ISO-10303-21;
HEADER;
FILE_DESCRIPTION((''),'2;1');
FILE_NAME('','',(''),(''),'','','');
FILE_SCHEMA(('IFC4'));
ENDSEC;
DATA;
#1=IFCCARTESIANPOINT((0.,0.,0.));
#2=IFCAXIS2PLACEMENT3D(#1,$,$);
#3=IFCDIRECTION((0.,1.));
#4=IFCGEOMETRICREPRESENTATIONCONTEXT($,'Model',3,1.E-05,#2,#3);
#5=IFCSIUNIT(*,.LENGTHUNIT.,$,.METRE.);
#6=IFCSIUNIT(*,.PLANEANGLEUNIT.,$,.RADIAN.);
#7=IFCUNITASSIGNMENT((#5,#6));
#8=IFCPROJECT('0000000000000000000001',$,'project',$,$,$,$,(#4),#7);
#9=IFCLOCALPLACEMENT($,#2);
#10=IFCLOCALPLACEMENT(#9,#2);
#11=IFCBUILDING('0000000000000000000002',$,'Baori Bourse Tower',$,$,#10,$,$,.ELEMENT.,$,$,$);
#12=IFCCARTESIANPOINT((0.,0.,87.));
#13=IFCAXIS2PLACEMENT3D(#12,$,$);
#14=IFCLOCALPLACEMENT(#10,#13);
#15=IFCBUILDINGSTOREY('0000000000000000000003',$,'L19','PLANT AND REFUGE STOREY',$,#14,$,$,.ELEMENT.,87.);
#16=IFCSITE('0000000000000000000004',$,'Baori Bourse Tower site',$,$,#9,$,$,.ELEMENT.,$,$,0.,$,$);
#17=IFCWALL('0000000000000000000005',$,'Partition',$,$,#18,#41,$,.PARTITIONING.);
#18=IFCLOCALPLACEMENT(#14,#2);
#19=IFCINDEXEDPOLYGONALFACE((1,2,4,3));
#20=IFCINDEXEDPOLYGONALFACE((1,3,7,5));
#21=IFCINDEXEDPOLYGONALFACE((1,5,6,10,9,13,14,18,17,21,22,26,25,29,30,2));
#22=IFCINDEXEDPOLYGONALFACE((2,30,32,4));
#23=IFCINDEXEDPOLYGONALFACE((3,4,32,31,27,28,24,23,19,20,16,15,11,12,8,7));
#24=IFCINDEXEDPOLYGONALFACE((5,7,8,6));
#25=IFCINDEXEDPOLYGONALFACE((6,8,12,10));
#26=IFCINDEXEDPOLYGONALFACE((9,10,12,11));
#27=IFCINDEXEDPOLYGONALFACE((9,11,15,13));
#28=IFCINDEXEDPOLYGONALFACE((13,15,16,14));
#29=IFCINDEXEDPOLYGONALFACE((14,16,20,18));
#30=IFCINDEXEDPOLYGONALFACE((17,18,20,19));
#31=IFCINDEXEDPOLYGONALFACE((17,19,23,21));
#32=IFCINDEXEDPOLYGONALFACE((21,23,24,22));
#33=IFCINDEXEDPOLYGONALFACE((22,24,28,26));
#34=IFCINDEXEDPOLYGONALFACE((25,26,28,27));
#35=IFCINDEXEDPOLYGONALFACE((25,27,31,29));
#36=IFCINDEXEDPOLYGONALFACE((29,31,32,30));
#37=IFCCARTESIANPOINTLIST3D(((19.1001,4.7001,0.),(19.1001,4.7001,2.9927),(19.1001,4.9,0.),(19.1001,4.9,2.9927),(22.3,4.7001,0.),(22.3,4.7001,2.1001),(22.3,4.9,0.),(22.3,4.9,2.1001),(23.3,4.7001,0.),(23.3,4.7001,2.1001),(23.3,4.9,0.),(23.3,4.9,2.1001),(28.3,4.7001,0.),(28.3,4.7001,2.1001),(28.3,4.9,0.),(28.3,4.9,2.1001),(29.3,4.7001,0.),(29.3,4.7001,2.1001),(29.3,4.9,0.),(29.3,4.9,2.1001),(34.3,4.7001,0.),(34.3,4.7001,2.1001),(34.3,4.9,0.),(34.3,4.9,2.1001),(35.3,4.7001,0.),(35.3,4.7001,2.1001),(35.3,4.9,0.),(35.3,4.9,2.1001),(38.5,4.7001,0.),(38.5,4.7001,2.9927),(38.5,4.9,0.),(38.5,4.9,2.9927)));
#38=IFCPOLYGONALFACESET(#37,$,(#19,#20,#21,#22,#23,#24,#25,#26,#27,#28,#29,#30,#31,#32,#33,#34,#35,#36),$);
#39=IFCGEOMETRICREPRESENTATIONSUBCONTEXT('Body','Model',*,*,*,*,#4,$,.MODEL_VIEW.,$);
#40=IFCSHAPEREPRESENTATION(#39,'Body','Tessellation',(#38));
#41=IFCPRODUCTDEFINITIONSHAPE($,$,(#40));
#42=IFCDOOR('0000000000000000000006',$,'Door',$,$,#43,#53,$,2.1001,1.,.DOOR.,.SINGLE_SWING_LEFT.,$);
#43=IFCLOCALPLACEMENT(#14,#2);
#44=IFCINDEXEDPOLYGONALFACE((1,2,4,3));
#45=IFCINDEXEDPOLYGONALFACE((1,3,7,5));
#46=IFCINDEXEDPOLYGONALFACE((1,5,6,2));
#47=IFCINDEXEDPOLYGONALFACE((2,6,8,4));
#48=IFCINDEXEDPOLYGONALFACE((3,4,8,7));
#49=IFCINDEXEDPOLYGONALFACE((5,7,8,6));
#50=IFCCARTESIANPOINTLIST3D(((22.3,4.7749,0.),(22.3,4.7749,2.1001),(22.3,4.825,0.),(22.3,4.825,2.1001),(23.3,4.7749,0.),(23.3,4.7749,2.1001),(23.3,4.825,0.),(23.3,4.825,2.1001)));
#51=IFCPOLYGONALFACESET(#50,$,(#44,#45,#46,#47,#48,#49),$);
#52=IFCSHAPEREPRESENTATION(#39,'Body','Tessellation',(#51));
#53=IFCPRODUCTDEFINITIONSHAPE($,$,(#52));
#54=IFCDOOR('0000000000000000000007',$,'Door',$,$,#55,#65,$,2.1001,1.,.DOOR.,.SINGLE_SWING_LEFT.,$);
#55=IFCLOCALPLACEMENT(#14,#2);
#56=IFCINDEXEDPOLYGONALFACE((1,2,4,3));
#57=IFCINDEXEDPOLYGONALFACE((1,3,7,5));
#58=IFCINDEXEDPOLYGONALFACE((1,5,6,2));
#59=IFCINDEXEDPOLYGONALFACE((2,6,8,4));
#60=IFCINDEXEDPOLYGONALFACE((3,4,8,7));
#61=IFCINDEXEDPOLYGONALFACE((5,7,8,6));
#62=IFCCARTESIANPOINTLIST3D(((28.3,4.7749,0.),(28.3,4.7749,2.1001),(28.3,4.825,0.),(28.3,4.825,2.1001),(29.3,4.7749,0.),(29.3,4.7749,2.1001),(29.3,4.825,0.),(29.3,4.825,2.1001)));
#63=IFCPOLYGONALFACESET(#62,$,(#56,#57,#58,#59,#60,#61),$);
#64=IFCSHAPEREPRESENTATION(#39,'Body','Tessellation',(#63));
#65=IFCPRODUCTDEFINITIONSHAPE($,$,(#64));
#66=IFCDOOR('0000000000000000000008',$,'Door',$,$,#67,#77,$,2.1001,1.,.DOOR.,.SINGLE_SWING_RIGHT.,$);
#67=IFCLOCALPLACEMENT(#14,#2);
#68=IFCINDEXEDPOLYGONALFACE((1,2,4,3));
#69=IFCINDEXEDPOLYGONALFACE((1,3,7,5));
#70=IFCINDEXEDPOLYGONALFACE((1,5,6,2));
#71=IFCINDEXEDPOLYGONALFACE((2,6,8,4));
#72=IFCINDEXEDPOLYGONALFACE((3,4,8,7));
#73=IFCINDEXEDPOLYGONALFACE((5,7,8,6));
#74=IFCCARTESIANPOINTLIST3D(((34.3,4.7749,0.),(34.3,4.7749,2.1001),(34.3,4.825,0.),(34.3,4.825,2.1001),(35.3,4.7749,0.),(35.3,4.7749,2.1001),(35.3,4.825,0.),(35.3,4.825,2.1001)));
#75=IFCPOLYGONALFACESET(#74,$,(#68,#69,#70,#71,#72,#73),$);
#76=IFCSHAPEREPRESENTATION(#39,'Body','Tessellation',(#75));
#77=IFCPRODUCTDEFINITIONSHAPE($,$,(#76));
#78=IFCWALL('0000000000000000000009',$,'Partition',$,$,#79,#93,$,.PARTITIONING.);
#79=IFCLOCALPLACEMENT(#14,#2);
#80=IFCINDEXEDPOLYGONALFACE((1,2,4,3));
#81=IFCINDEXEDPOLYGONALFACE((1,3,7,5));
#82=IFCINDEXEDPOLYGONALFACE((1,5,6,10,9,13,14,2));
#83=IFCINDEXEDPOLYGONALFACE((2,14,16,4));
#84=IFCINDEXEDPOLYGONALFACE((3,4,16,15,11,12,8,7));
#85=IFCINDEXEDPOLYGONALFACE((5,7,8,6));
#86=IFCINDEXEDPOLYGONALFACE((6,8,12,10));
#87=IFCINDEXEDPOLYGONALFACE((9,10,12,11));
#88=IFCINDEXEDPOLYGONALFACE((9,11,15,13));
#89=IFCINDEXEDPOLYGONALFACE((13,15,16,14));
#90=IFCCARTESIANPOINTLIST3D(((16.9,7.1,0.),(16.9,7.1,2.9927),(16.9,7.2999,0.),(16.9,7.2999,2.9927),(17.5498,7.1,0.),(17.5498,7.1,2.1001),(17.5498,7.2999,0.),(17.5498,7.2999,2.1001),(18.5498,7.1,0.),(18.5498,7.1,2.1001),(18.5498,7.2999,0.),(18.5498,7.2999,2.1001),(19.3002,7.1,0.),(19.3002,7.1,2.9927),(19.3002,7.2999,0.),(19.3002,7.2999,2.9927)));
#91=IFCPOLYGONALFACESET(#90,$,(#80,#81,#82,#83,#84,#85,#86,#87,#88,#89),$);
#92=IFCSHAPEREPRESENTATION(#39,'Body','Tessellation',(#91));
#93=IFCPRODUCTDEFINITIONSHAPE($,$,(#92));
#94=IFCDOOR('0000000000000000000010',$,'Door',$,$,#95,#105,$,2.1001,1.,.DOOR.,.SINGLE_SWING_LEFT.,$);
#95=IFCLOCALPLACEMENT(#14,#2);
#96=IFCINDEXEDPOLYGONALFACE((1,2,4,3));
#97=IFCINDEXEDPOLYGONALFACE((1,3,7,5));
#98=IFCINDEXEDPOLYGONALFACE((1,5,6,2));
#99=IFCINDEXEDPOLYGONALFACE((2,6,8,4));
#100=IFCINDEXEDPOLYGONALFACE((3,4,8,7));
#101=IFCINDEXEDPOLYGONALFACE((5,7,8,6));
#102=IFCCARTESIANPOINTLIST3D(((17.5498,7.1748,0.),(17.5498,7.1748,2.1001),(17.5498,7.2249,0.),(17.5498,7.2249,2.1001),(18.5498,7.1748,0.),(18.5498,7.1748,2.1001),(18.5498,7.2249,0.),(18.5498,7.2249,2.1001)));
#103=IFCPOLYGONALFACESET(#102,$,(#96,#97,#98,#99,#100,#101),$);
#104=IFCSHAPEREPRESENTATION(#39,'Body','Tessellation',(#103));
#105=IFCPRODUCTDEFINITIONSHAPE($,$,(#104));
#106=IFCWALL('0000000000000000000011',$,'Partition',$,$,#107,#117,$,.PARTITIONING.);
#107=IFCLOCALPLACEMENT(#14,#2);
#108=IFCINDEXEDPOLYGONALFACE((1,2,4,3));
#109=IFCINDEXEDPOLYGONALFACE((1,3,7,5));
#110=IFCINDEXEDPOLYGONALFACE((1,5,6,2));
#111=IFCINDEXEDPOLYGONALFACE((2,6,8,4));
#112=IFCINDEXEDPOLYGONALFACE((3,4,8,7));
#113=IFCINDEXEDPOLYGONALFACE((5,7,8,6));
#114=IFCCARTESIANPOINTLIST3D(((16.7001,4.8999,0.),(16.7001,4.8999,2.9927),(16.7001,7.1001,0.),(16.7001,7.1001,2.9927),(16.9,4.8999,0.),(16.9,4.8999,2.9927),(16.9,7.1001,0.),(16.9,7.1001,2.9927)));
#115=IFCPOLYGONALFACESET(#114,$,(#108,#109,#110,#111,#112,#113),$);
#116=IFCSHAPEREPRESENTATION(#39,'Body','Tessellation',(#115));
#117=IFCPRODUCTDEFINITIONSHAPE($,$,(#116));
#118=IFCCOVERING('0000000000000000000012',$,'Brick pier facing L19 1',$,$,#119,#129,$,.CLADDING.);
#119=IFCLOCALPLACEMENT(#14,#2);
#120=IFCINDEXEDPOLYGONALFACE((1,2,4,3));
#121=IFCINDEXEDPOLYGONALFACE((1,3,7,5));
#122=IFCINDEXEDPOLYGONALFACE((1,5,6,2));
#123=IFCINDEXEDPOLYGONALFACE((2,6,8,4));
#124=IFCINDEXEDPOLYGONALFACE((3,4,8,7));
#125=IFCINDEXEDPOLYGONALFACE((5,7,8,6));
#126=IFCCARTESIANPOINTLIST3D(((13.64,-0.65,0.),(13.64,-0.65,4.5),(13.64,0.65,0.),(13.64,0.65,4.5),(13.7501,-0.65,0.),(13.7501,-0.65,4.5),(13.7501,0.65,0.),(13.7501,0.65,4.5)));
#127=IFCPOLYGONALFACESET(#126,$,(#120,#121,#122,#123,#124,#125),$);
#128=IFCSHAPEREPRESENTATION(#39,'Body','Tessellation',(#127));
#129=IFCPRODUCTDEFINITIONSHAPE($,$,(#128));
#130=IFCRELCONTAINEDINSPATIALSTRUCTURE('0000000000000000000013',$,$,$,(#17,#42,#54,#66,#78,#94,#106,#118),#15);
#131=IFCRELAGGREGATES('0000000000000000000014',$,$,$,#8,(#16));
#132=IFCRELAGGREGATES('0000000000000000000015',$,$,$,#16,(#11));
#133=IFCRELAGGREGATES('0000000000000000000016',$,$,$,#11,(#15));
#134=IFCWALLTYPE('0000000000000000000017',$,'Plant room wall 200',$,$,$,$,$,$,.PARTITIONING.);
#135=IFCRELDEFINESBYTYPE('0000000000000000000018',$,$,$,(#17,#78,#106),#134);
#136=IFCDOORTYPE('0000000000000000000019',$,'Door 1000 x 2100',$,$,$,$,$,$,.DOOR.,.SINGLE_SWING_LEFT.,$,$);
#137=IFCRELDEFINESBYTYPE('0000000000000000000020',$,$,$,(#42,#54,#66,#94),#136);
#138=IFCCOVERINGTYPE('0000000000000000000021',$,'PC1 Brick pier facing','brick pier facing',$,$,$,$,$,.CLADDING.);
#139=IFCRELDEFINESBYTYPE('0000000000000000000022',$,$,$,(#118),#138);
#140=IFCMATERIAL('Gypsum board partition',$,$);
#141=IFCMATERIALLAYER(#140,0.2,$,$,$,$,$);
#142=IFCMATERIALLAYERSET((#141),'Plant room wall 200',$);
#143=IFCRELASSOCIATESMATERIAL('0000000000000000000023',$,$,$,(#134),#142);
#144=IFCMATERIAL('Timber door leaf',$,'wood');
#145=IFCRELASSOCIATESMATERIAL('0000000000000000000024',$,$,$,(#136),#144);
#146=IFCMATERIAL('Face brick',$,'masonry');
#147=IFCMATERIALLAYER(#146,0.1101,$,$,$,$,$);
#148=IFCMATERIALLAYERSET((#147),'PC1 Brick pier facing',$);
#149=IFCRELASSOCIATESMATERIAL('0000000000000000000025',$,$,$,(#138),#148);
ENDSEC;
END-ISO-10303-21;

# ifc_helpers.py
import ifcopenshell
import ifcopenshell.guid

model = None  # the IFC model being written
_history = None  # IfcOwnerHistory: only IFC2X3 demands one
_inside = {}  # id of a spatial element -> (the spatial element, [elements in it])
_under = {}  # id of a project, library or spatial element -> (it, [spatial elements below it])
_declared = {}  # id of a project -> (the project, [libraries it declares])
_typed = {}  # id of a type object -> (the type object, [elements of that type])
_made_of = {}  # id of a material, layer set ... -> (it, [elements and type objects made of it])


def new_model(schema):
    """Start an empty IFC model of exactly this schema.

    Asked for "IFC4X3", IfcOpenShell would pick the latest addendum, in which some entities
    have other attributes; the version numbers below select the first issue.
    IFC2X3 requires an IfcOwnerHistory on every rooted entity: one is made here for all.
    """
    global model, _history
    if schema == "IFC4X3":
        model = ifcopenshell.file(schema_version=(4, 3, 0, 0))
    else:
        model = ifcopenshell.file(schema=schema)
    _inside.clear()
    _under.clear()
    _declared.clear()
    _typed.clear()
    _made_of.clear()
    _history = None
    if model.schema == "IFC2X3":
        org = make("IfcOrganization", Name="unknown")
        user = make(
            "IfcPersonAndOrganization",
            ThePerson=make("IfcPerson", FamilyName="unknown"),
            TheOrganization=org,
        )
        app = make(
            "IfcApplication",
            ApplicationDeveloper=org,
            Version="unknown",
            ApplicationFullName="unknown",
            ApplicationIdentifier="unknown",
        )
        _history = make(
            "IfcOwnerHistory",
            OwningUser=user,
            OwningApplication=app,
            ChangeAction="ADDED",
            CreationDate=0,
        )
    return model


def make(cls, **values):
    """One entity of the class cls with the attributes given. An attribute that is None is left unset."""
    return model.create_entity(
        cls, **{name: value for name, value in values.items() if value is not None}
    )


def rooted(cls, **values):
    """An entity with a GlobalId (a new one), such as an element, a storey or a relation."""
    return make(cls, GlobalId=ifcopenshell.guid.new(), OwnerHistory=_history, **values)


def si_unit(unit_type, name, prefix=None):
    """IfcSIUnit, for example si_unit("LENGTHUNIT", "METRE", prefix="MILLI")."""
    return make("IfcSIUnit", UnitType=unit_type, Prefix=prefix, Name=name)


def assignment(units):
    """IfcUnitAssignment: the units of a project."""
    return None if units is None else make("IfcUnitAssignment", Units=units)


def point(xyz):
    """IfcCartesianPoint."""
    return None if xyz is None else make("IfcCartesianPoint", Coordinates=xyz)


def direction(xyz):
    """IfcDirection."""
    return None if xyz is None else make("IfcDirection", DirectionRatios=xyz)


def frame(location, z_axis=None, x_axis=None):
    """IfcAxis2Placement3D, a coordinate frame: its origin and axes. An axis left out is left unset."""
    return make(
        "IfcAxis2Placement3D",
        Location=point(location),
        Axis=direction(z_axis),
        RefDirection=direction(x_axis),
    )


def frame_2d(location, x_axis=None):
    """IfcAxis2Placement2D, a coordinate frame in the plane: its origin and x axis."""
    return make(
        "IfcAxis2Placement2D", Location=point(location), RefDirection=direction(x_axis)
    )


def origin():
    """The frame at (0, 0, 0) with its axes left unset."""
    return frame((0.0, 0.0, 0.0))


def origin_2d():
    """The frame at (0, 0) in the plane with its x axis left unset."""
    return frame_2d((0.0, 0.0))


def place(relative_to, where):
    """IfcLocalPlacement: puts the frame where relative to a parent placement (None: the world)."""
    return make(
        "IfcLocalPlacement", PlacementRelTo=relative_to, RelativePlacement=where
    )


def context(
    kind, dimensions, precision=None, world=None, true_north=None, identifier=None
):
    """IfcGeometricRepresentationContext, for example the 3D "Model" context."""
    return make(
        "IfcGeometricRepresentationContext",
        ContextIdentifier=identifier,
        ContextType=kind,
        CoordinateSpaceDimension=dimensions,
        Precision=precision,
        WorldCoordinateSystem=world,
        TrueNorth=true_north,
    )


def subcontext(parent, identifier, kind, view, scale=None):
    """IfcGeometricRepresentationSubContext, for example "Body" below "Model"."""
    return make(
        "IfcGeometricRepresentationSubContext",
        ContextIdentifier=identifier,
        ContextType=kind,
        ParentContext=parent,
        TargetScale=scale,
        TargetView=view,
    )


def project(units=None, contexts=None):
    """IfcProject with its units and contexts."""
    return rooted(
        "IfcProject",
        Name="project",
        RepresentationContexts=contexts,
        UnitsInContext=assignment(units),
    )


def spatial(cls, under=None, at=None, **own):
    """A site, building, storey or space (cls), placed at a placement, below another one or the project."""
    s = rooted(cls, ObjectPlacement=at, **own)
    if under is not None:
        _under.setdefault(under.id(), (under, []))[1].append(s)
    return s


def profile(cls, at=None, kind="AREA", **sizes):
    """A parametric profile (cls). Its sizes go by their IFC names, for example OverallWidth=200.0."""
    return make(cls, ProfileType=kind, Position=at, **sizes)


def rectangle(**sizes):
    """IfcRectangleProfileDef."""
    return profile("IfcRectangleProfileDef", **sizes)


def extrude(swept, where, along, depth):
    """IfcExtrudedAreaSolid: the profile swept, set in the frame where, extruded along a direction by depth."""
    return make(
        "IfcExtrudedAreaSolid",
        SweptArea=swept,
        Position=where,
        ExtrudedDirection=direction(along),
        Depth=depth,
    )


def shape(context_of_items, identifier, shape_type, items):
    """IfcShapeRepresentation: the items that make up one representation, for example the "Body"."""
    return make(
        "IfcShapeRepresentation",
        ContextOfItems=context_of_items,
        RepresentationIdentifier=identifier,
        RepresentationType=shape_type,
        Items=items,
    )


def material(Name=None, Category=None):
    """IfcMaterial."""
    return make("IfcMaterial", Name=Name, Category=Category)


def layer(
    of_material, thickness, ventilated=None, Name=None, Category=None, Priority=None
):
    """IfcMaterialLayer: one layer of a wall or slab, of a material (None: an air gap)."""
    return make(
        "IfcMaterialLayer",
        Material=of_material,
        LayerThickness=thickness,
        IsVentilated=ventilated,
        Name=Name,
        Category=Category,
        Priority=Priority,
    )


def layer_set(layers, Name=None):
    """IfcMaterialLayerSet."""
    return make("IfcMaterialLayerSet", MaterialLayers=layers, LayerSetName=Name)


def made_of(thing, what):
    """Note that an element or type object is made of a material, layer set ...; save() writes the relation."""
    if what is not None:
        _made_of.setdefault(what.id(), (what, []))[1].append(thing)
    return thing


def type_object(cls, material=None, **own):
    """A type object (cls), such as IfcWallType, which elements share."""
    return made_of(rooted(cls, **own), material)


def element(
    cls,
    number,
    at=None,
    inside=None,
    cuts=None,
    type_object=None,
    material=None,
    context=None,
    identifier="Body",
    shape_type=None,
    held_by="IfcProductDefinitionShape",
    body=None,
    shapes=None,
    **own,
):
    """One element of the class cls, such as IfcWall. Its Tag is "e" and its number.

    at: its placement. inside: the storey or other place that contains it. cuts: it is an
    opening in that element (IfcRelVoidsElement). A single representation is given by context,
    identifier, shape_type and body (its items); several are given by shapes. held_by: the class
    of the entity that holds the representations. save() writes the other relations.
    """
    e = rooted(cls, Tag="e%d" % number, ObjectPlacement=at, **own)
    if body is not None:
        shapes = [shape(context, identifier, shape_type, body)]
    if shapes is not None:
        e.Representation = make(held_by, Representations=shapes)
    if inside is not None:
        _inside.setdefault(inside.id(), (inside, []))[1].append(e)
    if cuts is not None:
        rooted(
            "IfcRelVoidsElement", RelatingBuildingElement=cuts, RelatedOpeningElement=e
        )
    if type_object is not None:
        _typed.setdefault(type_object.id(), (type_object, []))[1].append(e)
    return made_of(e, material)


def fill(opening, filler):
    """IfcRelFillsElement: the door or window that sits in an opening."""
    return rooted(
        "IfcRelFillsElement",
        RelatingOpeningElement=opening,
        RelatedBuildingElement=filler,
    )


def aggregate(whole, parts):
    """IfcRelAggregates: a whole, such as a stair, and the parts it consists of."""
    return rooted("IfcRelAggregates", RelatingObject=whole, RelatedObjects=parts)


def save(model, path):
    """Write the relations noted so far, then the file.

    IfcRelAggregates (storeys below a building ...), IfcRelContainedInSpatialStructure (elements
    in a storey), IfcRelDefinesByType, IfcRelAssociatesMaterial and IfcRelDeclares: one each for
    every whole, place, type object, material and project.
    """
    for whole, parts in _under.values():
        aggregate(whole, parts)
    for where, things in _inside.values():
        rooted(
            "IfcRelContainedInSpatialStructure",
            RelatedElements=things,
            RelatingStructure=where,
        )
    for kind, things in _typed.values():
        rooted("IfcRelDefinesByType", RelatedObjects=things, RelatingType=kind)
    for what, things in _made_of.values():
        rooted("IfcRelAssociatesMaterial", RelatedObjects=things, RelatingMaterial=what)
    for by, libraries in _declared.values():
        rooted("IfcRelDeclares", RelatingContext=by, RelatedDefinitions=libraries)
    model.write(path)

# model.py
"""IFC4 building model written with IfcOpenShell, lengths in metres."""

from ifc_helpers import new_model, si_unit, direction, frame, frame_2d, origin, origin_2d, place, context, subcontext, project, spatial, rectangle, extrude, material, layer, layer_set, type_object, element, fill, save


model = new_model("IFC4")

# Units and contexts
model_context = context("Model", 3, precision=1e-05, world=origin(), true_north=direction((0.0, 1.0)))
body_context = subcontext(model_context, "Body", "Model", "MODEL_VIEW")
ifc_project = project(units=[si_unit("LENGTHUNIT", "METRE"), si_unit("PLANEANGLEUNIT", "RADIAN")], contexts=[model_context])

# Site, building, storey
site_placement = place(None, origin())
site = spatial("IfcSite", under=ifc_project, at=site_placement, Name="Baori Bourse Tower site", CompositionType="ELEMENT", RefElevation=0.0)
building_placement = place(site_placement, origin())
building = spatial("IfcBuilding", under=site, at=building_placement, Name="Baori Bourse Tower", CompositionType="ELEMENT")
storey_placement = place(building_placement, frame((0.0, 0.0, 87.0)))
storey = spatial("IfcBuildingStorey", under=building, at=storey_placement, Name="L19", Description="PLANT AND REFUGE STOREY", CompositionType="ELEMENT", Elevation=87.0)

# Shared definitions
ifc_material_1 = material(Name="Gypsum board partition")
ifc_layer_1 = layer(ifc_material_1, 0.2)
ifc_layer_set_1 = layer_set([ifc_layer_1], Name="Plant room wall 200")
wall_type = type_object("IfcWallType", Name="Plant room wall 200", PredefinedType="PARTITIONING", material=ifc_layer_set_1)

# Wall, openings, doors
wall_1_placement = place(storey_placement, frame((19.1001, 4.8, 0.0), z_axis=(0.0, 0.0, 1.0), x_axis=(1.0, 0.0, 0.0)))
wall_1 = element("IfcWall", 1, at=wall_1_placement, inside=storey, type_object=wall_type, Name="Partition", PredefinedType="PARTITIONING", context=body_context, shape_type="SweptSolid", body=[
    extrude(rectangle(XDim=19.3999, YDim=0.2, at=frame_2d((9.7, 0.0))), origin(), (0.0, 0.0, 1.0), 2.9927),
])
opening_1_placement = place(wall_1_placement, frame((3.2, 0.0, 0.0)))
opening_1 = element("IfcOpeningElement", 2, at=opening_1_placement, cuts=wall_1, PredefinedType="OPENING", context=body_context, shape_type="SweptSolid", body=[
    extrude(rectangle(XDim=1.0, YDim=2.1001, at=frame_2d((0.5, 1.05))), frame((0.0, 0.1099, 0.0), z_axis=(0.0, -1.0, 0.0), x_axis=(1.0, 0.0, 0.0)), (0.0, 0.0, 1.0), 0.22),
])
opening_2_placement = place(wall_1_placement, frame((9.2, 0.0, 0.0)))
opening_2 = element("IfcOpeningElement", 3, at=opening_2_placement, cuts=wall_1, PredefinedType="OPENING", context=body_context, shape_type="SweptSolid", body=[
    extrude(rectangle(XDim=1.0, YDim=2.1001, at=frame_2d((0.5, 1.05))), frame((0.0, 0.1099, 0.0), z_axis=(0.0, -1.0, 0.0), x_axis=(1.0, 0.0, 0.0)), (0.0, 0.0, 1.0), 0.22),
])
opening_3_placement = place(wall_1_placement, frame((15.2, 0.0, 0.0)))
opening_3 = element("IfcOpeningElement", 4, at=opening_3_placement, cuts=wall_1, PredefinedType="OPENING", context=body_context, shape_type="SweptSolid", body=[
    extrude(rectangle(XDim=1.0, YDim=2.1001, at=frame_2d((0.5, 1.05))), frame((0.0, 0.1099, 0.0), z_axis=(0.0, -1.0, 0.0), x_axis=(1.0, 0.0, 0.0)), (0.0, 0.0, 1.0), 0.22),
])
ifc_material_2 = material(Name="Timber door leaf", Category="wood")
door_type = type_object("IfcDoorType", Name="Door 1000 x 2100", OperationType="SINGLE_SWING_LEFT", PredefinedType="DOOR", material=ifc_material_2)
door_1_placement = place(opening_1_placement, origin())
door_1 = element("IfcDoor", 5, at=door_1_placement, inside=storey, type_object=door_type, Name="Door", OperationType="SINGLE_SWING_LEFT", OverallHeight=2.1001, OverallWidth=1.0, PredefinedType="DOOR", context=body_context, shape_type="SweptSolid", body=[
    extrude(rectangle(XDim=1.0, YDim=2.1001, at=frame_2d((0.5, 1.05))), frame((0.0, 0.0249, 0.0), z_axis=(0.0, -1.0, 0.0), x_axis=(1.0, 0.0, 0.0)), (0.0, 0.0, 1.0), 0.05),
])
fill(opening_1, door_1)
door_2_placement = place(opening_2_placement, origin())
door_2 = element("IfcDoor", 6, at=door_2_placement, inside=storey, type_object=door_type, Name="Door", OperationType="SINGLE_SWING_LEFT", OverallHeight=2.1001, OverallWidth=1.0, PredefinedType="DOOR", context=body_context, shape_type="SweptSolid", body=[
    extrude(rectangle(XDim=1.0, YDim=2.1001, at=frame_2d((0.5, 1.05))), frame((0.0, 0.0249, 0.0), z_axis=(0.0, -1.0, 0.0), x_axis=(1.0, 0.0, 0.0)), (0.0, 0.0, 1.0), 0.05),
])
fill(opening_2, door_2)
door_3_placement = place(opening_3_placement, origin())
door_3 = element("IfcDoor", 7, at=door_3_placement, inside=storey, type_object=door_type, Name="Door", OperationType="SINGLE_SWING_RIGHT", OverallHeight=2.1001, OverallWidth=1.0, PredefinedType="DOOR", context=body_context, shape_type="SweptSolid", body=[
    extrude(rectangle(XDim=1.0, YDim=2.1001, at=frame_2d((0.5, 1.05))), frame((0.0, 0.0249, 0.0), z_axis=(0.0, -1.0, 0.0), x_axis=(1.0, 0.0, 0.0)), (0.0, 0.0, 1.0), 0.05),
])
fill(opening_3, door_3)

# Wall, opening, door
wall_2_placement = place(storey_placement, frame((16.8999, 7.2, 0.0), z_axis=(0.0, 0.0, 1.0), x_axis=(1.0, 0.0, 0.0)))
wall_2 = element("IfcWall", 8, at=wall_2_placement, inside=storey, type_object=wall_type, Name="Partition", PredefinedType="PARTITIONING", context=body_context, shape_type="SweptSolid", body=[
    extrude(rectangle(XDim=2.4001, YDim=0.2, at=frame_2d((1.2002, 0.0))), origin(), (0.0, 0.0, 1.0), 2.9927),
])
opening_4_placement = place(wall_2_placement, frame((0.6499, 0.0, 0.0)))
opening_4 = element("IfcOpeningElement", 9, at=opening_4_placement, cuts=wall_2, PredefinedType="OPENING", context=body_context, shape_type="SweptSolid", body=[
    extrude(rectangle(XDim=1.0, YDim=2.1001, at=frame_2d((0.5, 1.05))), frame((0.0, 0.1099, 0.0), z_axis=(0.0, -1.0, 0.0), x_axis=(1.0, 0.0, 0.0)), (0.0, 0.0, 1.0), 0.22),
])
door_4_placement = place(opening_4_placement, origin())
door_4 = element("IfcDoor", 10, at=door_4_placement, inside=storey, type_object=door_type, Name="Door", OperationType="SINGLE_SWING_LEFT", OverallHeight=2.1001, OverallWidth=1.0, PredefinedType="DOOR", context=body_context, shape_type="SweptSolid", body=[
    extrude(rectangle(XDim=1.0, YDim=2.1001, at=frame_2d((0.5, 1.05))), frame((0.0, 0.0249, 0.0), z_axis=(0.0, -1.0, 0.0), x_axis=(1.0, 0.0, 0.0)), (0.0, 0.0, 1.0), 0.05),
])
fill(opening_4, door_4)

# Wall
wall_3_placement = place(storey_placement, frame((16.8, 4.8999, 0.0), z_axis=(0.0, 0.0, 1.0), x_axis=(0.0, 1.0, 0.0)))
element("IfcWall", 11, at=wall_3_placement, inside=storey, type_object=wall_type, Name="Partition", PredefinedType="PARTITIONING", context=body_context, shape_type="SweptSolid", body=[
    extrude(rectangle(XDim=2.2002, YDim=0.2, at=frame_2d((1.1001, 0.0))), origin(), (0.0, 0.0, 1.0), 2.9927),
])

# Covering
ifc_material_3 = material(Name="Face brick", Category="masonry")
ifc_layer_2 = layer(ifc_material_3, 0.1101)
ifc_layer_set_2 = layer_set([ifc_layer_2], Name="PC1 Brick pier facing")
covering_type = type_object("IfcCoveringType", Name="PC1 Brick pier facing", Description="brick pier facing", PredefinedType="CLADDING", material=ifc_layer_set_2)
covering_placement = place(storey_placement, frame((13.6951, 0.0, 0.0), z_axis=(0.0, 0.0, 1.0), x_axis=(1.0, 0.0, 0.0)))
element("IfcCovering", 12, at=covering_placement, inside=storey, type_object=covering_type, Name="Brick pier facing L19 1", PredefinedType="CLADDING", context=body_context, shape_type="SweptSolid", body=[
    extrude(rectangle(XDim=0.1101, YDim=1.3, at=origin_2d()), origin(), (0.0, 0.0, 1.0), 4.5),
])

save(model, "model.ifc")
